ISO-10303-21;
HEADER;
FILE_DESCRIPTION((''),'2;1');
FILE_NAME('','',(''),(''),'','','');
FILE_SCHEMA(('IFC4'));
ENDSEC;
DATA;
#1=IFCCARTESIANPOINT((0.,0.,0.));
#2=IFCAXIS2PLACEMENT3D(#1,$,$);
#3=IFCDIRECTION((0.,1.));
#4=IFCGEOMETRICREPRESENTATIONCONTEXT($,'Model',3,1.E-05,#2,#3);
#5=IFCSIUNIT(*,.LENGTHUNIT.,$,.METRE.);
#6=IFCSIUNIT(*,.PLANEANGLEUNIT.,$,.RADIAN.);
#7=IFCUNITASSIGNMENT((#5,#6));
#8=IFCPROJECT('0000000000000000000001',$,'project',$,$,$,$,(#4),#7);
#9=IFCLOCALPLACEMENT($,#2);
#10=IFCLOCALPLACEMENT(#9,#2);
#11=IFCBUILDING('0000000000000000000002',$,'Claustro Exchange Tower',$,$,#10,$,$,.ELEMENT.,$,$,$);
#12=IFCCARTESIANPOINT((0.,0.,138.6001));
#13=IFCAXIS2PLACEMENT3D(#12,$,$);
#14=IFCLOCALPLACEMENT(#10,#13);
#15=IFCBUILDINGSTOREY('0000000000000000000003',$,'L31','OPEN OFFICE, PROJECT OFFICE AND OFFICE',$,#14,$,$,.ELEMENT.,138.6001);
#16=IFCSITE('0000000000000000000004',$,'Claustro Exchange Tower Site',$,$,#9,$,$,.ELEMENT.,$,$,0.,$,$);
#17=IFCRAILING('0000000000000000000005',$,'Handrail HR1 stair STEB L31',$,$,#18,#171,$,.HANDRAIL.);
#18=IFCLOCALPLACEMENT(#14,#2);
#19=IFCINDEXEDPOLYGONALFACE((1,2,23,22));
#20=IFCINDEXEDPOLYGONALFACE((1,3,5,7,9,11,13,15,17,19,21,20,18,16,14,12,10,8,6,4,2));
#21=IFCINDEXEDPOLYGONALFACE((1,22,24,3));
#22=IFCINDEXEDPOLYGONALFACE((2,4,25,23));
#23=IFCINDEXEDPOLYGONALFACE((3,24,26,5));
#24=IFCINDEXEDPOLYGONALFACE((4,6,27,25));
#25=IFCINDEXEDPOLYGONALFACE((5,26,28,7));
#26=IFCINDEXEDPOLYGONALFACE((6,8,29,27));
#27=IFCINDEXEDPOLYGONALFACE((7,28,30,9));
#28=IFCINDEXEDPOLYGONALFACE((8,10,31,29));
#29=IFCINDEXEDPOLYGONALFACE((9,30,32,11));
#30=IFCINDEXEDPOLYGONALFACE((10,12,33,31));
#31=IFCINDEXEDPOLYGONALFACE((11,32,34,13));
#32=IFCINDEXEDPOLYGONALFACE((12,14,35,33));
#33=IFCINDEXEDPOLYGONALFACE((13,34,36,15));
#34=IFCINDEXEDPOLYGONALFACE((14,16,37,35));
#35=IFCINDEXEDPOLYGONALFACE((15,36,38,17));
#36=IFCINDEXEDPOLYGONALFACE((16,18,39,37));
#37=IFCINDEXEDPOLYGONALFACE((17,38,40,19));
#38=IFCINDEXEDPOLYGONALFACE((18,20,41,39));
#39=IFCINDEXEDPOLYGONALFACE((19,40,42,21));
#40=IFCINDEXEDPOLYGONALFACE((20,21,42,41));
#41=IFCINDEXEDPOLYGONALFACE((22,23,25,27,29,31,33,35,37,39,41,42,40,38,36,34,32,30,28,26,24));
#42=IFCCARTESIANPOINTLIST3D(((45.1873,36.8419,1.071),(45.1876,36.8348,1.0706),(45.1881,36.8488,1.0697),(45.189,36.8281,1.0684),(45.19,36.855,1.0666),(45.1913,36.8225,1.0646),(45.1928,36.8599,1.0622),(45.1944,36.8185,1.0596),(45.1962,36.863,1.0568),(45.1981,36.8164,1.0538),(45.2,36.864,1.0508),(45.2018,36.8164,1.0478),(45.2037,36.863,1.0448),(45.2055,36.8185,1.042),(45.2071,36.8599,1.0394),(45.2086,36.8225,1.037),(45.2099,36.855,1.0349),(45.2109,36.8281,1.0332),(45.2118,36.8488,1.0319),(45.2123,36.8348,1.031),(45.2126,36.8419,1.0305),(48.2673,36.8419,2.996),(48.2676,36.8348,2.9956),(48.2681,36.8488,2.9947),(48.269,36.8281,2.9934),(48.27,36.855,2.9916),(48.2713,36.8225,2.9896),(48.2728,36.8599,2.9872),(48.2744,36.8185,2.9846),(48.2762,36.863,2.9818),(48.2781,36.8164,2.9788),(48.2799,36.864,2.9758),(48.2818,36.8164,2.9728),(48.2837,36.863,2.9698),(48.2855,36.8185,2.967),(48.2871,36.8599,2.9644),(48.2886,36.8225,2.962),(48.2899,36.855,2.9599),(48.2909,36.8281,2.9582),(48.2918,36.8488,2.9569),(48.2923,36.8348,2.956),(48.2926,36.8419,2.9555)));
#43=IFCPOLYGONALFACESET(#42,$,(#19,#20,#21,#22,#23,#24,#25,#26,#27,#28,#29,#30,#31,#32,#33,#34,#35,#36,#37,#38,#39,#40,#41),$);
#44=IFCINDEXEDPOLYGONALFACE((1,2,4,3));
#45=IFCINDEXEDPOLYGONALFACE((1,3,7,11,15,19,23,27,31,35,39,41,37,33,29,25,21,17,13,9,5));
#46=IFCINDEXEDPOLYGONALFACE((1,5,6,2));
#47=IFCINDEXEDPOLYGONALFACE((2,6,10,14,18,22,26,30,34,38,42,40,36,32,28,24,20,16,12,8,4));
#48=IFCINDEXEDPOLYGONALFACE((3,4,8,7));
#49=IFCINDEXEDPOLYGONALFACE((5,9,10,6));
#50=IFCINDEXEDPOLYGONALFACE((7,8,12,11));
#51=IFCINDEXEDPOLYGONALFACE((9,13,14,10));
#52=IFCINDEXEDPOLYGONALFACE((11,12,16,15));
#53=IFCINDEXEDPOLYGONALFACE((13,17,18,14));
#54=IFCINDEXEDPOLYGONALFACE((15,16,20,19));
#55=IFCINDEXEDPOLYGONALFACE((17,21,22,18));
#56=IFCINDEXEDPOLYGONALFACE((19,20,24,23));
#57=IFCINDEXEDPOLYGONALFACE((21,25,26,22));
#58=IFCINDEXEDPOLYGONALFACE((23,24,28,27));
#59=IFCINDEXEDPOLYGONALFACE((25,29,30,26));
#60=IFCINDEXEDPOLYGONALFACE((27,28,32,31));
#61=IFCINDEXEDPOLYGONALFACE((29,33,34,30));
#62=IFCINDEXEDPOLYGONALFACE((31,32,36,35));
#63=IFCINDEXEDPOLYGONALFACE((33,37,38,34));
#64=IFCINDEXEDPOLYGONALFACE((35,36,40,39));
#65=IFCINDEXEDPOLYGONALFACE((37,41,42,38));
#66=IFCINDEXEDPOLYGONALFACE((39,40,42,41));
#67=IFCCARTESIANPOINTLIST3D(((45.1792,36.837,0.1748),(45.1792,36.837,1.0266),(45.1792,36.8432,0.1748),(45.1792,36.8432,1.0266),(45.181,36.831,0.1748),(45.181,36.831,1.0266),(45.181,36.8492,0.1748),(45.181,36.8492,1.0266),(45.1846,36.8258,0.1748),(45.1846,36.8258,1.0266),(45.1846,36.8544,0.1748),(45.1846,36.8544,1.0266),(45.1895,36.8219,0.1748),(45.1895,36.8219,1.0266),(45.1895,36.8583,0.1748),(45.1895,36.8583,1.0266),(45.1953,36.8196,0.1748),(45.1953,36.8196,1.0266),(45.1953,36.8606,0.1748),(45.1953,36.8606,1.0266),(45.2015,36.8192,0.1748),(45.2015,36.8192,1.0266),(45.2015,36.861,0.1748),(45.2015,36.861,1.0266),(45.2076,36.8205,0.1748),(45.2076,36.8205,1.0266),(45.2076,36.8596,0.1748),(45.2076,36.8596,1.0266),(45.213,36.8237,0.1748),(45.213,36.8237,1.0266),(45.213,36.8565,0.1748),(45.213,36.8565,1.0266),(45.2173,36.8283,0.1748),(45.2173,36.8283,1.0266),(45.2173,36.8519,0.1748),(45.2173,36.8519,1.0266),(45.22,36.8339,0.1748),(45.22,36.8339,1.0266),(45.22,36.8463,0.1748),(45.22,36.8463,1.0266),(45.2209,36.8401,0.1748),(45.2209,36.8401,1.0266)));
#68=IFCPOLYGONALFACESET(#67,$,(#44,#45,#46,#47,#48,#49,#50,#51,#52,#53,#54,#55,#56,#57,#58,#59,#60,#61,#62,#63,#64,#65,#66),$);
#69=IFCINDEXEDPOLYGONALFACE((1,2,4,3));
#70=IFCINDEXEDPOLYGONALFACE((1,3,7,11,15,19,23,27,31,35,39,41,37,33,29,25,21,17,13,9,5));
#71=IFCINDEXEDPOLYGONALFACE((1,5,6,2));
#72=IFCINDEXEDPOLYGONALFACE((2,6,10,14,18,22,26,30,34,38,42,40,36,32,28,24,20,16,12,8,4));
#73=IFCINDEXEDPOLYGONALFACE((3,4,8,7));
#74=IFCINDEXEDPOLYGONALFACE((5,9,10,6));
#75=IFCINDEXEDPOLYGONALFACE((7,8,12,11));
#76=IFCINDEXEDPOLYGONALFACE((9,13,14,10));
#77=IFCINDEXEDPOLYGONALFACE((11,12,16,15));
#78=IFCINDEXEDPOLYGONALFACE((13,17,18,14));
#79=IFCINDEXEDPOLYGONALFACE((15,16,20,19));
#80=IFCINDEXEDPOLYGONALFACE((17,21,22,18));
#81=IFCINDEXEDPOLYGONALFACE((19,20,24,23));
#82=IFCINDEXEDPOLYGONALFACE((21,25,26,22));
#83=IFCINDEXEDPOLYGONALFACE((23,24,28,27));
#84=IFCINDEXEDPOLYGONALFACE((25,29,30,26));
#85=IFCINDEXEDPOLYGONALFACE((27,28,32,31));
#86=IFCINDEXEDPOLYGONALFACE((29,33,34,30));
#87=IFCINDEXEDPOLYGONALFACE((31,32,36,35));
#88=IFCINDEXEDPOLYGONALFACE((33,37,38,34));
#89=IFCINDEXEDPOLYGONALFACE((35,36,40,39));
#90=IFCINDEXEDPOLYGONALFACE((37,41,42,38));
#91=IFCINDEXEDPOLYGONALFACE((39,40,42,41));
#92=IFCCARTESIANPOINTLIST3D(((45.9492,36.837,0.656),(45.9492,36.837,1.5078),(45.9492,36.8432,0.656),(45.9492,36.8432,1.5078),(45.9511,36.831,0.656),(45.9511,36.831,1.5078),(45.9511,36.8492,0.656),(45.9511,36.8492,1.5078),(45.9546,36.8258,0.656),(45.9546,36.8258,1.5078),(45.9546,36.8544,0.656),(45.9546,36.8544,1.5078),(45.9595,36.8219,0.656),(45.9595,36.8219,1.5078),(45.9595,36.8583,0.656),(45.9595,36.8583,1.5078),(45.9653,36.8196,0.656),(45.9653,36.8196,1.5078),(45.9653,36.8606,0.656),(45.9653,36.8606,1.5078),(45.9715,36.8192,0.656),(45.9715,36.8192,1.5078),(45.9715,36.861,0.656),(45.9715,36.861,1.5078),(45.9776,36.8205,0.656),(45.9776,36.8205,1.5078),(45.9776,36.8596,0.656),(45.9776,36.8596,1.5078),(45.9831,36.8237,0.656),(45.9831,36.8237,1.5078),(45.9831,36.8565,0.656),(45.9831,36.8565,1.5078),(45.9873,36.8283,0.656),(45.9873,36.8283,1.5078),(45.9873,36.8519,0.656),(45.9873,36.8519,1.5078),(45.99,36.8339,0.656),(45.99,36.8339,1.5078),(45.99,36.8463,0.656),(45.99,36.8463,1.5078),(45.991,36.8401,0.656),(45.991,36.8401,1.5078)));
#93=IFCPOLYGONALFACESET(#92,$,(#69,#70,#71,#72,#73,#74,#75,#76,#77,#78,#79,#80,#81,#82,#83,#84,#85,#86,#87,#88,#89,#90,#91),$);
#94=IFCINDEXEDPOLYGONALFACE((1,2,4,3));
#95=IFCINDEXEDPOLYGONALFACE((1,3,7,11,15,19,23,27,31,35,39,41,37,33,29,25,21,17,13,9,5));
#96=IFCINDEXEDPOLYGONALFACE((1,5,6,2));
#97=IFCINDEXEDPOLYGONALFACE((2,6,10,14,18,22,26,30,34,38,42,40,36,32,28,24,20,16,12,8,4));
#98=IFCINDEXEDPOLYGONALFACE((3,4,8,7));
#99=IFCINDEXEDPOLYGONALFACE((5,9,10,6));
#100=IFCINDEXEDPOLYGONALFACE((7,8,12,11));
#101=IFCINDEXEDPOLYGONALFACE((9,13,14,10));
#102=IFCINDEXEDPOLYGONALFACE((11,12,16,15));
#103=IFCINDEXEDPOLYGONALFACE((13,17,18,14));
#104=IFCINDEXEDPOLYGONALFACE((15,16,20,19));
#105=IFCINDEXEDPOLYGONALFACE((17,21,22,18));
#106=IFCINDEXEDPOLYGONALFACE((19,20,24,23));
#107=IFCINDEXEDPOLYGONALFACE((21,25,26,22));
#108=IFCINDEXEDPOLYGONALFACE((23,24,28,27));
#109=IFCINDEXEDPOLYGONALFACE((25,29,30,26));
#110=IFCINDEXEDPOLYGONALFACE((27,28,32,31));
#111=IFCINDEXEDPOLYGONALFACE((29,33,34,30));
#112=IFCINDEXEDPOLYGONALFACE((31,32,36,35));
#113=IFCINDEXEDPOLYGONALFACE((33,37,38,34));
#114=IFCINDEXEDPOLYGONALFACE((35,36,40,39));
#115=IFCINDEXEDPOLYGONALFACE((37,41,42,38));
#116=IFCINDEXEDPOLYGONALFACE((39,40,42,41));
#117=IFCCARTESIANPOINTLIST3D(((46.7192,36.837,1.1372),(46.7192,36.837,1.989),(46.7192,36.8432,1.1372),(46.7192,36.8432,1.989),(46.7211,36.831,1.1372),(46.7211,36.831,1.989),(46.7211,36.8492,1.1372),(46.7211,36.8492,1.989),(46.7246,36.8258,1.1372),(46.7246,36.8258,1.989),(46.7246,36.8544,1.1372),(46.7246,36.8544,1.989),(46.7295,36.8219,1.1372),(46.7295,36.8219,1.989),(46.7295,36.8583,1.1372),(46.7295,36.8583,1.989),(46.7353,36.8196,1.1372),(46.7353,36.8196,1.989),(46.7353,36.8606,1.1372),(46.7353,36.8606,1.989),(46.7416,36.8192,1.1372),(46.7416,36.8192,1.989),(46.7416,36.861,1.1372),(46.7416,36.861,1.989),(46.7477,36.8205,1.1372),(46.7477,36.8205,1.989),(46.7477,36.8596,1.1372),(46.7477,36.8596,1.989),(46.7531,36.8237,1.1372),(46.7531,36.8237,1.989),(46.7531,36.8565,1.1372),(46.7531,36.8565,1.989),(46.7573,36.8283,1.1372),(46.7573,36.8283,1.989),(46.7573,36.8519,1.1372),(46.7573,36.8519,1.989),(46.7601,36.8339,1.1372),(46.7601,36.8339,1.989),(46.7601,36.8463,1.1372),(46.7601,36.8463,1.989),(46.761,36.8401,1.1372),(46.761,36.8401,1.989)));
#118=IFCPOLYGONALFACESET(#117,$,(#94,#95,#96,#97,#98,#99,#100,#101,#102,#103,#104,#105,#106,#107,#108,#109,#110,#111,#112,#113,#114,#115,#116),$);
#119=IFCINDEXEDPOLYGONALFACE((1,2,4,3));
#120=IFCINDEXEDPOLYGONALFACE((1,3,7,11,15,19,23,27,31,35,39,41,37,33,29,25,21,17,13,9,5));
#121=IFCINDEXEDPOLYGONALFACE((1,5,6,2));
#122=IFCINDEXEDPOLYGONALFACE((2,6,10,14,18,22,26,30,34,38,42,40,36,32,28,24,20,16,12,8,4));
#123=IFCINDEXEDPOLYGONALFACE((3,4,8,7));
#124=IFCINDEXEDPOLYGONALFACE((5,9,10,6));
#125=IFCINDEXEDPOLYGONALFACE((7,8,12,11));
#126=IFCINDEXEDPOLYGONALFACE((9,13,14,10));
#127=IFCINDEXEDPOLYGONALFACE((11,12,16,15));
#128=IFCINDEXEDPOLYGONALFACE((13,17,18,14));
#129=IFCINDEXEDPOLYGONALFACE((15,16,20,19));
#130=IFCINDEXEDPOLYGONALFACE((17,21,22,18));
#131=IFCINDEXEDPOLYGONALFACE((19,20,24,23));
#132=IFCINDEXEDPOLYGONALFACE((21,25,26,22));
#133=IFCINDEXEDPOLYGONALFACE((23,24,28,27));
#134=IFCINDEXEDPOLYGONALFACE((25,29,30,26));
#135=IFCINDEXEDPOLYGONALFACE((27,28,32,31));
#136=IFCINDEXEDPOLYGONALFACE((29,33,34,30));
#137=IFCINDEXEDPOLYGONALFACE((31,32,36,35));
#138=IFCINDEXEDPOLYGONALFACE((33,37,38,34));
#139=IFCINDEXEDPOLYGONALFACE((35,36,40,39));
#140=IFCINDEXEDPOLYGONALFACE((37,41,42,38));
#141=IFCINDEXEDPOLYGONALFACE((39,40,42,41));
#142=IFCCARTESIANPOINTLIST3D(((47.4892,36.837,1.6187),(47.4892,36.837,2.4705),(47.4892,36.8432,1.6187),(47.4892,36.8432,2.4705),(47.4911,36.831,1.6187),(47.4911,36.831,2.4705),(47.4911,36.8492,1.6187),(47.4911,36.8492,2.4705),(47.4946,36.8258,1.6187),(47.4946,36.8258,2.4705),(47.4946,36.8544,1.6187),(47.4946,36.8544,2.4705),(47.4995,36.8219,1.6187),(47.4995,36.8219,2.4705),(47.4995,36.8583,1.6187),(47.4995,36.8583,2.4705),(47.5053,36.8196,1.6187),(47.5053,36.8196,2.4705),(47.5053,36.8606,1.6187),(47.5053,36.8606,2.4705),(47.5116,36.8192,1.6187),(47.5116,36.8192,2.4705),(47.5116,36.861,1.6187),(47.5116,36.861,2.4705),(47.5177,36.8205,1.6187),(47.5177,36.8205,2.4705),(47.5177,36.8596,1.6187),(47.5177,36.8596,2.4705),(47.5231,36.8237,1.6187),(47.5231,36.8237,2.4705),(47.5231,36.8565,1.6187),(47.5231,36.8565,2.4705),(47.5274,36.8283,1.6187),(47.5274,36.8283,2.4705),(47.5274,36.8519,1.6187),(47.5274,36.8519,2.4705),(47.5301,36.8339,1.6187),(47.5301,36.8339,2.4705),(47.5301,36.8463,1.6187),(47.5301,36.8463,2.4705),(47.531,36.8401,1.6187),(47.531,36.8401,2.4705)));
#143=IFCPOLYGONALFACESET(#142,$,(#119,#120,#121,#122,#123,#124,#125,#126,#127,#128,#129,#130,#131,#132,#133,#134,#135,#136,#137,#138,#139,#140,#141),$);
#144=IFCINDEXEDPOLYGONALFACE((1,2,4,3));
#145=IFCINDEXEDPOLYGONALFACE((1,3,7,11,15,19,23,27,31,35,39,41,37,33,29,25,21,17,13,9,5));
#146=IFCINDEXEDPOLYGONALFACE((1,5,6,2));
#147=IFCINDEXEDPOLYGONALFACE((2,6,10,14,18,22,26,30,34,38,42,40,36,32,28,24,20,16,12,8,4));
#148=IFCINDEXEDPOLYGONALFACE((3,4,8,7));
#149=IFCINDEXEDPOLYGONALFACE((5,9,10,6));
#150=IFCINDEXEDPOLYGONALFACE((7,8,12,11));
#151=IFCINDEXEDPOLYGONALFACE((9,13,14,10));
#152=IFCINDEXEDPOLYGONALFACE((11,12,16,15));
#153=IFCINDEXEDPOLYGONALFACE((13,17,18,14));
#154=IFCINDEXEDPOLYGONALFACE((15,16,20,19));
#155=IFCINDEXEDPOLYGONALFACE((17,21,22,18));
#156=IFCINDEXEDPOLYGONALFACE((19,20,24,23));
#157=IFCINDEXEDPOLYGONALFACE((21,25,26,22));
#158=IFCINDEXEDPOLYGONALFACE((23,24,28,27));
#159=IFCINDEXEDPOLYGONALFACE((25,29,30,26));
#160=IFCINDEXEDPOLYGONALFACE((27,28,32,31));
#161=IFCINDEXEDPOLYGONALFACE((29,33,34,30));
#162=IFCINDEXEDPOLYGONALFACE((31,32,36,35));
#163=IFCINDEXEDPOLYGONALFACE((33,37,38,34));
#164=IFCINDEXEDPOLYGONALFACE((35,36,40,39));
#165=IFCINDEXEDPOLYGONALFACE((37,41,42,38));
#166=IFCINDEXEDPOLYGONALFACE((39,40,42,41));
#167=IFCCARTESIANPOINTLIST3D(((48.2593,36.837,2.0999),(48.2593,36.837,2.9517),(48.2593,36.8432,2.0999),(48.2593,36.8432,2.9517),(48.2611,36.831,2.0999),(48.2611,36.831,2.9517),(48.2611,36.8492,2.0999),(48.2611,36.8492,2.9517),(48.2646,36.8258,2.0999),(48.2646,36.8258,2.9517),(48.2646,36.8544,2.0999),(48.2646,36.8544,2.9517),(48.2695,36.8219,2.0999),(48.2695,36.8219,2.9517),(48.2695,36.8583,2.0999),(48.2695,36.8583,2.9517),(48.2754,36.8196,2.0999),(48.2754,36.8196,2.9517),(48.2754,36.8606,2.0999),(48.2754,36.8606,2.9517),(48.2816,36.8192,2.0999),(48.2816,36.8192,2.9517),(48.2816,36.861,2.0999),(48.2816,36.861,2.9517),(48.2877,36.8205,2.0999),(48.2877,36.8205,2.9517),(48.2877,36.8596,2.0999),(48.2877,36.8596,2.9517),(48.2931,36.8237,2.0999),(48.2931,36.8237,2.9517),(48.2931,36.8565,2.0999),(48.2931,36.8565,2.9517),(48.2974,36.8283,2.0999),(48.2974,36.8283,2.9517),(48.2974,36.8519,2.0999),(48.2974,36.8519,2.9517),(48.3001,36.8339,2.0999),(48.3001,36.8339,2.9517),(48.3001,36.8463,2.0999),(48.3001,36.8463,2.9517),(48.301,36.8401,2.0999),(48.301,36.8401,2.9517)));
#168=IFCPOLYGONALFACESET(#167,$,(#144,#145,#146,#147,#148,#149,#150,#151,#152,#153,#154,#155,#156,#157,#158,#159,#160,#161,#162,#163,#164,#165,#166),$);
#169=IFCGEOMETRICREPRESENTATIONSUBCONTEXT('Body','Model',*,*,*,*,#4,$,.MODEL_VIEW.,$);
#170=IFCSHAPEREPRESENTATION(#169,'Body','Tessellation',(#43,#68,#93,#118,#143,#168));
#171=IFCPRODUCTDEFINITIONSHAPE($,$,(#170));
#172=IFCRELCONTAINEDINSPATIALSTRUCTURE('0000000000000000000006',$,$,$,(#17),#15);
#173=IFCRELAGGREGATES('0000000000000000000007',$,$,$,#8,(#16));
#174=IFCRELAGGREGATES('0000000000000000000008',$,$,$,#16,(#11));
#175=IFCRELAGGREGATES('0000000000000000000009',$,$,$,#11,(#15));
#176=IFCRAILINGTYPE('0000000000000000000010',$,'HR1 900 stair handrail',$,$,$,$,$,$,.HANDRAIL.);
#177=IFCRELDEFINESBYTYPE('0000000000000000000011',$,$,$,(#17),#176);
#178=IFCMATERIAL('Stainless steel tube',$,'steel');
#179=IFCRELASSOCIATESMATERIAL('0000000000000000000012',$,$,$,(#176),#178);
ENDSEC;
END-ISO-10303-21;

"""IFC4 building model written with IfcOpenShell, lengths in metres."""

from ifc_helpers import new_model, si_unit, direction, frame, origin, origin_2d, place, context, subcontext, project, spatial, circle, extrude, material, type_object, element, save


model = new_model("IFC4")

# Units and contexts
model_context = context("Model", 3, precision=1e-05, world=origin(), true_north=direction((0.0, 1.0)))
body_context = subcontext(model_context, "Body", "Model", "MODEL_VIEW")
ifc_project = project(units=[si_unit("LENGTHUNIT", "METRE"), si_unit("PLANEANGLEUNIT", "RADIAN")], contexts=[model_context])

# Site, building, storey
site_placement = place(None, origin())
site = spatial("IfcSite", under=ifc_project, at=site_placement, Name="Claustro Exchange Tower Site", CompositionType="ELEMENT", RefElevation=0.0)
building_placement = place(site_placement, origin())
building = spatial("IfcBuilding", under=site, at=building_placement, Name="Claustro Exchange Tower", CompositionType="ELEMENT")
storey_placement = place(building_placement, frame((0.0, 0.0, 138.6001)))
storey = spatial("IfcBuildingStorey", under=building, at=storey_placement, Name="L31", Description="OPEN OFFICE, PROJECT OFFICE AND OFFICE", CompositionType="ELEMENT", Elevation=138.6001)

# Railing
ifc_material_1 = material(Name="Stainless steel tube", Category="steel")
railing_type_1 = type_object("IfcRailingType", Name="HR1 900 stair handrail", PredefinedType="HANDRAIL", material=ifc_material_1)
railing_1_placement = place(storey_placement, frame((45.2, 36.8401, 0.1748)))
element("IfcRailing", 1, at=railing_1_placement, inside=storey, type_object=railing_type_1, Name="Handrail HR1 stair STEB L31", PredefinedType="HANDRAIL", context=body_context, shape_type="SweptSolid", body=[
    extrude(circle(Radius=0.0239, at=origin_2d()), frame((0.0, 0.0, 0.876), z_axis=(0.847998, 0.0, 0.529999), x_axis=(0.0, 1.0, 0.0)), (0.0, 0.0, 1.0), 3.6321),
    extrude(circle(Radius=0.021, at=origin_2d()), origin(), (0.0, 0.0, 1.0), 0.8518),
    extrude(circle(Radius=0.021, at=origin_2d()), frame((0.77, 0.0, 0.4812)), (0.0, 0.0, 1.0), 0.8518),
    extrude(circle(Radius=0.021, at=origin_2d()), frame((1.54, 0.0, 0.9624)), (0.0, 0.0, 1.0), 0.8518),
    extrude(circle(Radius=0.021, at=origin_2d()), frame((2.3101, 0.0, 1.4438)), (0.0, 0.0, 1.0), 0.8518),
    extrude(circle(Radius=0.021, at=origin_2d()), frame((3.0801, 0.0, 1.925)), (0.0, 0.0, 1.0), 0.8518),
])

save(model, "model.ifc")
